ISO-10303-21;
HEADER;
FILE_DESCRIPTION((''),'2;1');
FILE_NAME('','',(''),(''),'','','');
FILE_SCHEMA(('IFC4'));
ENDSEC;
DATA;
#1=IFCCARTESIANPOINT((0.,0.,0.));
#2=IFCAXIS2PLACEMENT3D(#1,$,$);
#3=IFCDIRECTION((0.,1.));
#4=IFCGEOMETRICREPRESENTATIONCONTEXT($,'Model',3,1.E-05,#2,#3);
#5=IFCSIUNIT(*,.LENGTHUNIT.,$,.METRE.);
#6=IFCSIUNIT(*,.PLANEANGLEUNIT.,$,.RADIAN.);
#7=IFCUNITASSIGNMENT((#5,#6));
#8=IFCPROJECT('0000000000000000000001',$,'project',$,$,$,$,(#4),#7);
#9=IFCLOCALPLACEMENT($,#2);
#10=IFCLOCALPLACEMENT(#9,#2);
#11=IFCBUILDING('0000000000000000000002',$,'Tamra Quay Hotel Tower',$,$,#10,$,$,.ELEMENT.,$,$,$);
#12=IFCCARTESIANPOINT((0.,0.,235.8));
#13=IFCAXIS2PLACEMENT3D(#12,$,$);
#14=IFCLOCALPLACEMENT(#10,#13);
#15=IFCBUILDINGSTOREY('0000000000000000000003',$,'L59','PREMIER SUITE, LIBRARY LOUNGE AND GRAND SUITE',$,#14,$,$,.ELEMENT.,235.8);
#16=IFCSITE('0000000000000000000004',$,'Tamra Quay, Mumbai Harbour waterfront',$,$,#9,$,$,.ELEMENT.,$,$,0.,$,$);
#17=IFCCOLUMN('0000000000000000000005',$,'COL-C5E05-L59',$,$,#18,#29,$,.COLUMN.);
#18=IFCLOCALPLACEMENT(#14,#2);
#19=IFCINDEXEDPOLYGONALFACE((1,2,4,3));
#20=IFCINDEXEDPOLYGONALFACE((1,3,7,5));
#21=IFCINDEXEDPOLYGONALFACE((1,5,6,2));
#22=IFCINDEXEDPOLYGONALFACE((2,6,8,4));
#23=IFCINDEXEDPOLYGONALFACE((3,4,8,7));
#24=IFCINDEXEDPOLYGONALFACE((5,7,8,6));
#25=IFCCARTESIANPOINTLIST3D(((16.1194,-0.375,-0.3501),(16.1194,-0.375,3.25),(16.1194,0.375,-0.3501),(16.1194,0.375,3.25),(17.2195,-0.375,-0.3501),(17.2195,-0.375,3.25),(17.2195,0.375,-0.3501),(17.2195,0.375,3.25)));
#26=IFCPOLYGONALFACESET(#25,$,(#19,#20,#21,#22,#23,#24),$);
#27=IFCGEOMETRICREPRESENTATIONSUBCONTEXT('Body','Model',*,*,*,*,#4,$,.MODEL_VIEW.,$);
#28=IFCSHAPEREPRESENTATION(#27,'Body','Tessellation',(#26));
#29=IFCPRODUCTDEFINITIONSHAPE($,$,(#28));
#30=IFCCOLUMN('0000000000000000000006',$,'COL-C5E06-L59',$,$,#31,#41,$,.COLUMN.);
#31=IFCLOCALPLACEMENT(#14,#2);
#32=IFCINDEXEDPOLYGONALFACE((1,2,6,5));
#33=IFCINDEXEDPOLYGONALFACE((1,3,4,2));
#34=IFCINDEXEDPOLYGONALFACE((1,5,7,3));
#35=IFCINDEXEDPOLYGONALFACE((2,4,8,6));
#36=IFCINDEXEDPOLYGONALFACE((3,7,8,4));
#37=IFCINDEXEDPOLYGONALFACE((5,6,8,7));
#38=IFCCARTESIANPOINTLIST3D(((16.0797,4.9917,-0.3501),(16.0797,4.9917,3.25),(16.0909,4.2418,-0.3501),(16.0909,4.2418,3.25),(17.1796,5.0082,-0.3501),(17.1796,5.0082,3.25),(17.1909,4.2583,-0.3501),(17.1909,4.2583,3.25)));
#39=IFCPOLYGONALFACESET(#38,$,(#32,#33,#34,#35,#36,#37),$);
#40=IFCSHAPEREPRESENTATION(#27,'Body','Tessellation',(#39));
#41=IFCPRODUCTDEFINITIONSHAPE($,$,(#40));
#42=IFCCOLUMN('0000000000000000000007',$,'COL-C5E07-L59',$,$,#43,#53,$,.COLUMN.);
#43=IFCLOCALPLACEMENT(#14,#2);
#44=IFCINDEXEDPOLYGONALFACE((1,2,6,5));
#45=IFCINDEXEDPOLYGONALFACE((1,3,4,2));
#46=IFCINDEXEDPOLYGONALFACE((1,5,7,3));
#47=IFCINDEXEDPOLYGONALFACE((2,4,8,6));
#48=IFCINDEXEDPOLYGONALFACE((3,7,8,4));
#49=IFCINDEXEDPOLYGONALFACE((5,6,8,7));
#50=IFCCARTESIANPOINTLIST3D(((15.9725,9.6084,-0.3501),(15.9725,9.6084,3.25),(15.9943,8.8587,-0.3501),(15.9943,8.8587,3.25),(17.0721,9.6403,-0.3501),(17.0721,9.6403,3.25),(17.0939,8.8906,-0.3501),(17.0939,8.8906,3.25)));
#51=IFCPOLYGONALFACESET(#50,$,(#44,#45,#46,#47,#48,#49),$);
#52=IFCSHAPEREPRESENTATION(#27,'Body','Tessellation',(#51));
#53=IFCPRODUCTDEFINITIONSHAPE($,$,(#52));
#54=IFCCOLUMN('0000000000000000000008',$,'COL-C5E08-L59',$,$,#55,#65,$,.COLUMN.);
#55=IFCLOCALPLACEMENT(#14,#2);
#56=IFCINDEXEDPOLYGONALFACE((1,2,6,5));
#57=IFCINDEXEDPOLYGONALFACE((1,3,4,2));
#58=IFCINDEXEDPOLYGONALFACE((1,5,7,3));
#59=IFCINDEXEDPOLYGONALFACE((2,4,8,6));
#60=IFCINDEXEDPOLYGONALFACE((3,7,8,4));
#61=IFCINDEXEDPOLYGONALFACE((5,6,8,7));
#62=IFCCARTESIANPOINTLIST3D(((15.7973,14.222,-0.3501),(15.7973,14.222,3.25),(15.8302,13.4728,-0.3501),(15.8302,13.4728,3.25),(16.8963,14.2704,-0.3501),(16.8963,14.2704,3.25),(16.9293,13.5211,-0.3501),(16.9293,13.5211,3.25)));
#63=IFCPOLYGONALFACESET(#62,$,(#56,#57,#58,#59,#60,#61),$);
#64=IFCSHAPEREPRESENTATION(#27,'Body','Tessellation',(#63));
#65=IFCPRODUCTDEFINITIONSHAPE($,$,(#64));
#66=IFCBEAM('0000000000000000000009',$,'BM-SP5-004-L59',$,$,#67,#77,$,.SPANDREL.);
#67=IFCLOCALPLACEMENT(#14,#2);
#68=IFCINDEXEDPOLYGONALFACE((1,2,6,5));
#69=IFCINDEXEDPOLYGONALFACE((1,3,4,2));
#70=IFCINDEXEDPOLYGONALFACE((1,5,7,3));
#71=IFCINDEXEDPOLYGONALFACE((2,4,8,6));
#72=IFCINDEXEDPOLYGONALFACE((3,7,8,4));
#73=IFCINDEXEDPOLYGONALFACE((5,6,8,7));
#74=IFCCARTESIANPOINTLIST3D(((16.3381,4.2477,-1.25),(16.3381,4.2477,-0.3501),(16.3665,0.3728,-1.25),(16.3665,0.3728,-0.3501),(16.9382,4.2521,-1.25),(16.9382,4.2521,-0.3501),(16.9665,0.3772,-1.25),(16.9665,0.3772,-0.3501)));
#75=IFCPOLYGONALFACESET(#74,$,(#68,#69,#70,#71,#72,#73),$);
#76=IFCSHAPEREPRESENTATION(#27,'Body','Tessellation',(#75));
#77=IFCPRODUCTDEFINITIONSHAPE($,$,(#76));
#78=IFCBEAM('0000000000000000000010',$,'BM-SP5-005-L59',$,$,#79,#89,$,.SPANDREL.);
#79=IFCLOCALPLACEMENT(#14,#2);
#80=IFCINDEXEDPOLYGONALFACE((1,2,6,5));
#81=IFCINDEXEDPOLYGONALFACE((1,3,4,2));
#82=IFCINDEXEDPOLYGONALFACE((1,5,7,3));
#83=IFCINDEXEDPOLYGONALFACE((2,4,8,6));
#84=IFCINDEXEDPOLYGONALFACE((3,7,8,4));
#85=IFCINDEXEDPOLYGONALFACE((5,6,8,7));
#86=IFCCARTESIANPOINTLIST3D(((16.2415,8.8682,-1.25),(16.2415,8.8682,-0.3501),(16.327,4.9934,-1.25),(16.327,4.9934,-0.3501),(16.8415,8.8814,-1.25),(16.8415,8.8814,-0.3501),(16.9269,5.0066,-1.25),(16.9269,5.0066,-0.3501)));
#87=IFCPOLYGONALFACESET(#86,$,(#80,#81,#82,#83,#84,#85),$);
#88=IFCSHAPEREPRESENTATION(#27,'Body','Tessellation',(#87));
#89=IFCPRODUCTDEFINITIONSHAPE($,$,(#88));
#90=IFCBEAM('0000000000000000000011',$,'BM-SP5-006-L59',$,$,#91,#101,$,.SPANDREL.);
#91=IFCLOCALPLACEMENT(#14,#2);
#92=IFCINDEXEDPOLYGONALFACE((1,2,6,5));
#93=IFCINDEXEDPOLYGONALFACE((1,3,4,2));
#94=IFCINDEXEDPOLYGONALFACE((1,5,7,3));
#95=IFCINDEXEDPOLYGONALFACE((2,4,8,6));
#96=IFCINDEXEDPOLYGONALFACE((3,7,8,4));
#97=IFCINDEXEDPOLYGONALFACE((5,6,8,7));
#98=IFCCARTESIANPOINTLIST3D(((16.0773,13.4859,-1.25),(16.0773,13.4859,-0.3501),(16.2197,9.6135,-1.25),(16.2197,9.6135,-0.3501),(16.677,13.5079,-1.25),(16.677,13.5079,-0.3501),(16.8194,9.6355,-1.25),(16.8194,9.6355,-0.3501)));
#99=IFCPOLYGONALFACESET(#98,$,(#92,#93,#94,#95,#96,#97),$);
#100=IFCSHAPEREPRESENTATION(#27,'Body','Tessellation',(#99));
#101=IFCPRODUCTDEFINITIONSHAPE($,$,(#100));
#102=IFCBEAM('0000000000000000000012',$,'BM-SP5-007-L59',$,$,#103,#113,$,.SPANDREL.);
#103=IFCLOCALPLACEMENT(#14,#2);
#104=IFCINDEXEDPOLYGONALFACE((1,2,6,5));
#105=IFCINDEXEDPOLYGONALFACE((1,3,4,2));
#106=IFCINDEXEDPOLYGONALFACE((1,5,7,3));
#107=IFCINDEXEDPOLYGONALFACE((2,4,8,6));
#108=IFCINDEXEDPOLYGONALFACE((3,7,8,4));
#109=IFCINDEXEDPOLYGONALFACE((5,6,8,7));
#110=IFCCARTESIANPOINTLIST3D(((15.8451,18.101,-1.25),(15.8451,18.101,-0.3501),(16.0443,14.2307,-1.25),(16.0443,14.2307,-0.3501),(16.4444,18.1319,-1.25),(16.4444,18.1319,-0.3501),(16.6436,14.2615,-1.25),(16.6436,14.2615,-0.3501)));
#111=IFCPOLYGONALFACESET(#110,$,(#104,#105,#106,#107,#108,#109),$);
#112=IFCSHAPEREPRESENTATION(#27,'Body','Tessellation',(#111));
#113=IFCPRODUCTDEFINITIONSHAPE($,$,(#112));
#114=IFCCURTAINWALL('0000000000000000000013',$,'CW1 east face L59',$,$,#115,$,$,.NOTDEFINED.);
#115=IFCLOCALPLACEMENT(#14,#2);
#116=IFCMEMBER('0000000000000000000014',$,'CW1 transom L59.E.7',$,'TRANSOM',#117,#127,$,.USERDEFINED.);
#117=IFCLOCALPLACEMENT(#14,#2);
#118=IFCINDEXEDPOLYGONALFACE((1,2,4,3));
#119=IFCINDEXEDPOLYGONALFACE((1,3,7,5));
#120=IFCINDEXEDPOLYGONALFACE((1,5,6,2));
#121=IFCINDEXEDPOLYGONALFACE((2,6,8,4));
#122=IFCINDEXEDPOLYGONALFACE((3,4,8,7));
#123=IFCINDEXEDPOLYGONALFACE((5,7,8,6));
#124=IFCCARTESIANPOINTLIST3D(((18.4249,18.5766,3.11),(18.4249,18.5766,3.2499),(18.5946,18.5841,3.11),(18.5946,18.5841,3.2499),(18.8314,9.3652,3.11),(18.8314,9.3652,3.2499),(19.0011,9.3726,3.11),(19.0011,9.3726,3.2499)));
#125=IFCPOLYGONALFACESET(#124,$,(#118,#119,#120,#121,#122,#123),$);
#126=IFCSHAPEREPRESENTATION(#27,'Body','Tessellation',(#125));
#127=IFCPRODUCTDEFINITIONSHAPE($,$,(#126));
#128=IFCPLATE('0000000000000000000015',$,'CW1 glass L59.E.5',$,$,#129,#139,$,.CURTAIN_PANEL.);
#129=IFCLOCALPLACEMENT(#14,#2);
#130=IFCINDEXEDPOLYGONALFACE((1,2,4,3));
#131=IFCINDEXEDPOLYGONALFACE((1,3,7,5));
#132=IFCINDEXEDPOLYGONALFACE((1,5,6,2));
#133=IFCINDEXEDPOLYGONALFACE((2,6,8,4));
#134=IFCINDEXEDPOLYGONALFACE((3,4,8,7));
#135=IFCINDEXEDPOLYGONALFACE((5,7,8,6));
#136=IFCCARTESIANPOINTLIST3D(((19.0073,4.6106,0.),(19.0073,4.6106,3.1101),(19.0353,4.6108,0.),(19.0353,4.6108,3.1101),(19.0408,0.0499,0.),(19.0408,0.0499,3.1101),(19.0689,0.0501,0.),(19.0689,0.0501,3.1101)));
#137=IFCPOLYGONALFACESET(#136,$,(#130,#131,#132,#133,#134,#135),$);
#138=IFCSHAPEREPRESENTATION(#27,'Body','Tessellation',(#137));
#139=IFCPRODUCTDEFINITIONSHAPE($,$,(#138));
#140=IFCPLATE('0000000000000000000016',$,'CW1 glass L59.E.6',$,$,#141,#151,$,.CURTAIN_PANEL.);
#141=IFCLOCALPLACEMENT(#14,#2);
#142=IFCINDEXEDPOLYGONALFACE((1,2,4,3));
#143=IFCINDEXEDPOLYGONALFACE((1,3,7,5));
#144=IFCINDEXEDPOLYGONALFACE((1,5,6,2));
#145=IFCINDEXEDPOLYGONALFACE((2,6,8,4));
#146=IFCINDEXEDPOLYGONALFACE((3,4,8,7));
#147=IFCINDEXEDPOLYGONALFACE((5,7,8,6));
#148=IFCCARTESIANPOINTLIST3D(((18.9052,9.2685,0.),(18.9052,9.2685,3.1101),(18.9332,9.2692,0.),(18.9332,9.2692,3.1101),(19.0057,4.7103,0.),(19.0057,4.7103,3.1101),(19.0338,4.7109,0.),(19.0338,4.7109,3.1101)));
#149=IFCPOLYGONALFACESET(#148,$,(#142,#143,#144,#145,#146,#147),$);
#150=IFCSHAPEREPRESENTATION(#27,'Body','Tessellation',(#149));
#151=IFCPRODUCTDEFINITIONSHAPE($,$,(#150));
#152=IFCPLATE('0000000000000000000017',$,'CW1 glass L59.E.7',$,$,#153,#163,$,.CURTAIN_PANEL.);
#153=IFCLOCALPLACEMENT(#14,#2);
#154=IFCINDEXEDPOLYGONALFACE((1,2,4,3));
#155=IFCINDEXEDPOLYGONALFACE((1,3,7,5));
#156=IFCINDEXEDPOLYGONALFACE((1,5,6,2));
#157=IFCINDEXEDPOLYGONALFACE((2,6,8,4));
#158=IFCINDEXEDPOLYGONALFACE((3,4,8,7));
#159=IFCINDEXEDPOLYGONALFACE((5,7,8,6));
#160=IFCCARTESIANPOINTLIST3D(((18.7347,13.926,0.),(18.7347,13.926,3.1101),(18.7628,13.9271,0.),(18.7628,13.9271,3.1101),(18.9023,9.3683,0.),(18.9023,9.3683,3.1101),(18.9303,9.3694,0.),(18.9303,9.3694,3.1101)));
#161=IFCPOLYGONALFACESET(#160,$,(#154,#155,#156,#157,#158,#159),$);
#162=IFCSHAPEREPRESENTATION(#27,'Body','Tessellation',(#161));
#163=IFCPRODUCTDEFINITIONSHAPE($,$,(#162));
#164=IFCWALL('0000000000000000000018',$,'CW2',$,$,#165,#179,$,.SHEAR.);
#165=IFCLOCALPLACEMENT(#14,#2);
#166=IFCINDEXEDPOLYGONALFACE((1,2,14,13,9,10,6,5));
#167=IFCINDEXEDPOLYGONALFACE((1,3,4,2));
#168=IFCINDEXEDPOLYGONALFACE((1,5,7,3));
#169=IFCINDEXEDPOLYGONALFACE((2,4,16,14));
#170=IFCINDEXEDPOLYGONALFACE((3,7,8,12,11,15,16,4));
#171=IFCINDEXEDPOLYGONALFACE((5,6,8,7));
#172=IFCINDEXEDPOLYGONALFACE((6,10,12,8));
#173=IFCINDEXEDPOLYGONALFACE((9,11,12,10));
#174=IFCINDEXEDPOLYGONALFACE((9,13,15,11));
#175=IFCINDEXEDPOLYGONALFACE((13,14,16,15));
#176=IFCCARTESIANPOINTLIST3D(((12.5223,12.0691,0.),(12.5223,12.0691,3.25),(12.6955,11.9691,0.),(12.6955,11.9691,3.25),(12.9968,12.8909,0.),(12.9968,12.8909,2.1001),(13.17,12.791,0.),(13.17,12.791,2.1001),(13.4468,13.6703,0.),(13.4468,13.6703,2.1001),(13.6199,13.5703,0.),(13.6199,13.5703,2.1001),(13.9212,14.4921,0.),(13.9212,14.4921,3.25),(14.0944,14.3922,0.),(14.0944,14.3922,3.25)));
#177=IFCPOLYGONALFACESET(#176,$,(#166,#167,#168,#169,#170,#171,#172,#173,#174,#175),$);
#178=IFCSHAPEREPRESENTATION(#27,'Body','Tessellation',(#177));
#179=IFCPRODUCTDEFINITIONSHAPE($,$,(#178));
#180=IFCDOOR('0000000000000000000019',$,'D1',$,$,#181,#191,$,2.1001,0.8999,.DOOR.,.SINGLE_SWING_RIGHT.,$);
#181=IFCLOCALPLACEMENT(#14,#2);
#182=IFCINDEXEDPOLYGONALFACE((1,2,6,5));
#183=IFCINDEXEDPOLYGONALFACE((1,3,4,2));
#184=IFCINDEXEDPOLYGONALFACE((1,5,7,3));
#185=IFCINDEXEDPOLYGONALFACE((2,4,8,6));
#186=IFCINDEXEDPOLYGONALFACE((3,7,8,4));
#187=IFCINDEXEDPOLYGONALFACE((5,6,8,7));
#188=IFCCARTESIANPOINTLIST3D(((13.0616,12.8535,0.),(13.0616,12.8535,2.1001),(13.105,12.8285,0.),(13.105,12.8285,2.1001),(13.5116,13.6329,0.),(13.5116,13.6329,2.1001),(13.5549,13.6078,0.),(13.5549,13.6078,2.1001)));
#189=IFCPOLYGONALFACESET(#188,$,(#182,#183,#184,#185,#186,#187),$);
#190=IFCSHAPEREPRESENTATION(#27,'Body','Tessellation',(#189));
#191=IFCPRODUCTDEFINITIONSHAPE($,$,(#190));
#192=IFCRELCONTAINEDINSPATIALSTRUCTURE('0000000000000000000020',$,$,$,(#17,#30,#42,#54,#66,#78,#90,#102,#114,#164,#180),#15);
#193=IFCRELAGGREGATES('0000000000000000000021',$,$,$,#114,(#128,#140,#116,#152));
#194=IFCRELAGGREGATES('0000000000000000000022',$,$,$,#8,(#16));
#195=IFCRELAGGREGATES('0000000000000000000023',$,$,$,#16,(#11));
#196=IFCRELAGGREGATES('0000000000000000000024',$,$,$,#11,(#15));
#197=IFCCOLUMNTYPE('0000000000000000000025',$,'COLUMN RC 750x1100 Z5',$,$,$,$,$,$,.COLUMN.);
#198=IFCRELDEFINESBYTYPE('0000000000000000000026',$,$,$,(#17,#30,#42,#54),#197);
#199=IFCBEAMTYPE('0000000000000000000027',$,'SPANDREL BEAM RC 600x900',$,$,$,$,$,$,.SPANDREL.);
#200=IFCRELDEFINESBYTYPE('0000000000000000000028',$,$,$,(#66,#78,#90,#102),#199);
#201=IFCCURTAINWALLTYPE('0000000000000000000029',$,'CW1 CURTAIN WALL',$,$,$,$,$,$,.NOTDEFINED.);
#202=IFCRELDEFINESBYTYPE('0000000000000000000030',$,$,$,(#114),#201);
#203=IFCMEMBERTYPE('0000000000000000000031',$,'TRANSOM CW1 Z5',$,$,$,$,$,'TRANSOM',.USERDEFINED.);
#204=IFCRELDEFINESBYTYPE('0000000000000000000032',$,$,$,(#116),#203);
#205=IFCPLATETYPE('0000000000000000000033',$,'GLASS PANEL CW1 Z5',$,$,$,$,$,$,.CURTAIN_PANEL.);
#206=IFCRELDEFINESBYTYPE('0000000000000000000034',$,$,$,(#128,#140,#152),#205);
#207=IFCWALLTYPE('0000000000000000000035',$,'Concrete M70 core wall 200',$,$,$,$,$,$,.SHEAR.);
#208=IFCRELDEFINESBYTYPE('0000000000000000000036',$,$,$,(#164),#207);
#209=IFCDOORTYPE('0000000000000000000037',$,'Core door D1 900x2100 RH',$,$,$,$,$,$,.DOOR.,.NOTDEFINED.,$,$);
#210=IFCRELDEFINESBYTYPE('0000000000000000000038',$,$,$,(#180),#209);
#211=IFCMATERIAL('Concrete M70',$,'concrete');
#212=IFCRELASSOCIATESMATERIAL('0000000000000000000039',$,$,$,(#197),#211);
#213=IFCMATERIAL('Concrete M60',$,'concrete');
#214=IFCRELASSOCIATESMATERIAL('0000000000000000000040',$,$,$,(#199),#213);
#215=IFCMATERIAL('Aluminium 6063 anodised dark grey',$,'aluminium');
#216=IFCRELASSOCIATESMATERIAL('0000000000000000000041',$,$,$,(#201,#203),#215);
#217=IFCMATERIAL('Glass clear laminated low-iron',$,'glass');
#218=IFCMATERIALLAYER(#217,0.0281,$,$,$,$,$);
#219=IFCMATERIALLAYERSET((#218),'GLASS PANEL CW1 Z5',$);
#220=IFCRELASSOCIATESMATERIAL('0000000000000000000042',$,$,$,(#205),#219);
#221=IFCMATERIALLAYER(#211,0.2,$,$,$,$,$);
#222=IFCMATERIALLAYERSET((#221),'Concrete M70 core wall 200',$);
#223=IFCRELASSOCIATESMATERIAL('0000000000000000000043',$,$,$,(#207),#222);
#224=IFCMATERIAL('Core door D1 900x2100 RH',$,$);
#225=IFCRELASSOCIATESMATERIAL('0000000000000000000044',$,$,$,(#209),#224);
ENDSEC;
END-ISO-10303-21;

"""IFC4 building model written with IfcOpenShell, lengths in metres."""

from ifc_helpers import new_model, si_unit, direction, frame, frame_2d, origin, origin_2d, place, context, subcontext, project, spatial, rectangle, extrude, material, layer, layer_set, material_profile, profile_set, type_object, element, fill, aggregate, save


model = new_model("IFC4")

# Units and contexts
model_context = context("Model", 3, precision=1e-05, world=origin(), true_north=direction((0.0, 1.0)))
body_context = subcontext(model_context, "Body", "Model", "MODEL_VIEW")
ifc_project = project(units=[si_unit("LENGTHUNIT", "METRE"), si_unit("PLANEANGLEUNIT", "RADIAN")], contexts=[model_context])

# Site, building, storey
site_placement = place(None, origin())
site = spatial("IfcSite", under=ifc_project, at=site_placement, Name="Tamra Quay, Mumbai Harbour waterfront", CompositionType="ELEMENT", RefElevation=0.0)
building_placement = place(site_placement, origin())
building = spatial("IfcBuilding", under=site, at=building_placement, Name="Tamra Quay Hotel Tower", CompositionType="ELEMENT")
storey_placement = place(building_placement, frame((0.0, 0.0, 235.8)))
storey = spatial("IfcBuildingStorey", under=building, at=storey_placement, Name="L59", Description="PREMIER SUITE, LIBRARY LOUNGE AND GRAND SUITE", CompositionType="ELEMENT", Elevation=235.8)

# Columns
ifc_material_1 = material(Name="Concrete M70", Category="concrete")
ifc_material_profile_1 = material_profile(ifc_material_1, rectangle(XDim=1.1001, YDim=0.75, at=origin_2d()), Name="COLUMN RC 750x1100 Z5")
ifc_profile_set_1 = profile_set([ifc_material_profile_1], Name="Concrete M70")
column_type = type_object("IfcColumnType", Name="COLUMN RC 750x1100 Z5", PredefinedType="COLUMN", material=ifc_profile_set_1)
for number, where, z_axis, x_axis, name in (
    (1, (16.6694, 0.0, -0.3501), (0.0, 0.0, 1.0), (1.0, 0.0, 0.0), "COL-C5E05-L59"),
    (2, (16.6353, 4.625, -0.3501), (0.0, 0.0, 1.0), (0.999888, 0.014959, 0.0), "COL-C5E06-L59"),
    (3, (16.5332, 9.2495, -0.3501), (0.0, 0.0, 1.0), (0.999579, 0.029028, 0.0), "COL-C5E07-L59"),
    (4, (16.3633, 13.8716, -0.3501), (0.0, 0.0, 1.0), (0.999033, 0.043958, 0.0), "COL-C5E08-L59"),
):
    element("IfcColumn", number, at=place(storey_placement, frame(where, z_axis=z_axis, x_axis=x_axis)), inside=storey, type_object=column_type, Name=name, PredefinedType="COLUMN", context=body_context, shape_type="SweptSolid", body=[
        extrude(rectangle(XDim=1.1001, YDim=0.75, at=origin_2d()), origin(), (0.0, 0.0, 1.0), 3.6001),
    ])

# Beams
ifc_material_2 = material(Name="Concrete M60", Category="concrete")
ifc_material_profile_2 = material_profile(ifc_material_2, rectangle(XDim=0.6001, YDim=0.8999, at=origin_2d()), Name="SPANDREL BEAM RC 600x900")
ifc_profile_set_2 = profile_set([ifc_material_profile_2], Name="Concrete M60")
beam_type = type_object("IfcBeamType", Name="SPANDREL BEAM RC 600x900", PredefinedType="SPANDREL", material=ifc_profile_set_2)
beam_1_placement = place(storey_placement, frame((16.6665, 0.375, -0.8), z_axis=(-0.007308, 0.999973, 0.0), x_axis=(-0.999973, -0.007308, 0.0)))
element("IfcBeam", 5, at=beam_1_placement, inside=storey, type_object=beam_type, Name="BM-SP5-004-L59", PredefinedType="SPANDREL", context=body_context, shape_type="SweptSolid", body=[
    extrude(rectangle(XDim=0.6001, YDim=0.8999, at=origin_2d()), origin(), (0.0, 0.0, 1.0), 3.875),
])
beam_2_placement = place(storey_placement, frame((16.627, 5.0, -0.8), z_axis=(-0.022047, 0.999757, 0.0), x_axis=(-0.999757, -0.022047, 0.0)))
element("IfcBeam", 6, at=beam_2_placement, inside=storey, type_object=beam_type, Name="BM-SP5-005-L59", PredefinedType="SPANDREL", context=body_context, shape_type="SweptSolid", body=[
    extrude(rectangle(XDim=0.6001, YDim=0.8999, at=origin_2d()), origin(), (0.0, 0.0, 1.0), 3.8757),
])
beam_3_placement = place(storey_placement, frame((16.5195, 9.6245, -0.8), z_axis=(-0.036732, 0.999325, 0.0), x_axis=(-0.999325, -0.036732, 0.0)))
element("IfcBeam", 7, at=beam_3_placement, inside=storey, type_object=beam_type, Name="BM-SP5-006-L59", PredefinedType="SPANDREL", context=body_context, shape_type="SweptSolid", body=[
    extrude(rectangle(XDim=0.6001, YDim=0.8999, at=origin_2d()), origin(), (0.0, 0.0, 1.0), 3.875),
])
beam_4_placement = place(storey_placement, frame((16.344, 14.2461, -0.8), z_axis=(-0.051405, 0.998678, 0.0), x_axis=(-0.998678, -0.051405, 0.0)))
element("IfcBeam", 8, at=beam_4_placement, inside=storey, type_object=beam_type, Name="BM-SP5-007-L59", PredefinedType="SPANDREL", context=body_context, shape_type="SweptSolid", body=[
    extrude(rectangle(XDim=0.6001, YDim=0.8999, at=origin_2d()), origin(), (0.0, 0.0, 1.0), 3.8755),
])

# Curtain wall, member, plates
ifc_material_3 = material(Name="Aluminium 6063 anodised dark grey", Category="aluminium")
curtain_wall_type = type_object("IfcCurtainWallType", Name="CW1 CURTAIN WALL", PredefinedType="NOTDEFINED", material=ifc_material_3)
curtain_wall_placement = place(storey_placement, origin())
curtain_wall = element("IfcCurtainWall", 9, at=curtain_wall_placement, inside=storey, type_object=curtain_wall_type, Name="CW1 east face L59", PredefinedType="NOTDEFINED")
ifc_material_profile_3 = material_profile(ifc_material_3, rectangle(XDim=0.1699, YDim=0.1399, at=origin_2d()), Name="TRANSOM 170X140")
ifc_profile_set_3 = profile_set([ifc_material_profile_3], Name="Aluminium 6063 anodised dark grey")
member_type = type_object("IfcMemberType", Name="TRANSOM CW1 Z5", ElementType="TRANSOM", PredefinedType="USERDEFINED", material=ifc_profile_set_3)
member_placement = place(storey_placement, frame((18.9163, 9.3689, 3.1799), z_axis=(-0.044086, 0.999028, 0.0), x_axis=(-0.999028, -0.044086, 0.0)))
member = element("IfcMember", 10, at=member_placement, type_object=member_type, Name="CW1 transom L59.E.7", ObjectType="TRANSOM", PredefinedType="USERDEFINED", context=body_context, shape_type="SweptSolid", body=[
    extrude(rectangle(XDim=0.1699, YDim=0.1399, at=origin_2d()), origin(), (0.0, 0.0, 1.0), 9.2205),
])
ifc_material_4 = material(Name="Glass clear laminated low-iron", Category="glass")
ifc_layer_1 = layer(ifc_material_4, 0.0281)
ifc_layer_set_1 = layer_set([ifc_layer_1], Name="GLASS PANEL CW1 Z5")
plate_type = type_object("IfcPlateType", Name="GLASS PANEL CW1 Z5", PredefinedType="CURTAIN_PANEL", material=ifc_layer_set_1)
plate_1_placement = place(storey_placement, frame((19.0381, 2.3303, 0.0), z_axis=(0.0, 0.0, 1.0), x_axis=(-0.007362, 0.999973, 0.0)))
plate_1 = element("IfcPlate", 11, at=plate_1_placement, type_object=plate_type, Name="CW1 glass L59.E.5", PredefinedType="CURTAIN_PANEL", context=body_context, shape_type="SweptSolid", body=[
    extrude(rectangle(XDim=4.5608, YDim=0.0281, at=origin_2d()), origin(), (0.0, 0.0, 1.0), 3.1101),
])
plate_2_placement = place(storey_placement, frame((18.9695, 6.9897, 0.0), z_axis=(0.0, 0.0, 1.0), x_axis=(-0.022063, 0.999757, 0.0)))
plate_2 = element("IfcPlate", 12, at=plate_2_placement, type_object=plate_type, Name="CW1 glass L59.E.6", PredefinedType="CURTAIN_PANEL", context=body_context, shape_type="SweptSolid", body=[
    extrude(rectangle(XDim=4.5593, YDim=0.0281, at=origin_2d()), origin(), (0.0, 0.0, 1.0), 3.1101),
])
plate_3_placement = place(storey_placement, frame((18.8325, 11.6477, 0.0), z_axis=(0.0, 0.0, 1.0), x_axis=(-0.036744, 0.999325, 0.0)))
plate_3 = element("IfcPlate", 13, at=plate_3_placement, type_object=plate_type, Name="CW1 glass L59.E.7", PredefinedType="CURTAIN_PANEL", context=body_context, shape_type="SweptSolid", body=[
    extrude(rectangle(XDim=4.5608, YDim=0.0281, at=origin_2d()), origin(), (0.0, 0.0, 1.0), 3.1101),
])
aggregate(curtain_wall, [plate_1, plate_2, member, plate_3])

# Wall, opening, door
ifc_layer_2 = layer(ifc_material_1, 0.2)
ifc_layer_set_2 = layer_set([ifc_layer_2], Name="Concrete M70 core wall 200")
wall_type_1 = type_object("IfcWallType", Name="Concrete M70 core wall 200", PredefinedType="SHEAR", material=ifc_layer_set_2)
wall_1_placement = place(storey_placement, frame((14.0078, 14.4421, 0.0), z_axis=(0.0, 0.0, 1.0), x_axis=(-0.499987, -0.866033, 0.0)))
wall_1 = element("IfcWall", 14, at=wall_1_placement, inside=storey, type_object=wall_type_1, Name="CW2", PredefinedType="SHEAR", context=body_context, shape_type="SweptSolid", body=[
    extrude(rectangle(XDim=2.7979, YDim=0.2, at=frame_2d((1.3989, 0.0))), origin(), (0.0, 0.0, 1.0), 3.25),
])
opening_placement = place(wall_1_placement, frame((0.949, 0.0, 0.0)))
opening = element("IfcOpeningElement", 15, at=opening_placement, cuts=wall_1, PredefinedType="OPENING", context=body_context, shape_type="SweptSolid", body=[
    extrude(rectangle(XDim=0.8999, YDim=2.1001, at=frame_2d((0.45, 1.05))), frame((0.0, 0.1099, 0.0), z_axis=(0.0, -1.0, 0.0), x_axis=(1.0, 0.0, 0.0)), (0.0, 0.0, 1.0), 0.22),
])
ifc_material_5 = material(Name="Core door D1 900x2100 RH")
door_type = type_object("IfcDoorType", Name="Core door D1 900x2100 RH", OperationType="NOTDEFINED", PredefinedType="DOOR", material=ifc_material_5)
door_placement = place(opening_placement, origin())
door = element("IfcDoor", 16, at=door_placement, inside=storey, type_object=door_type, Name="D1", OperationType="SINGLE_SWING_RIGHT", OverallHeight=2.1001, OverallWidth=0.8999, PredefinedType="DOOR", context=body_context, shape_type="SweptSolid", body=[
    extrude(rectangle(XDim=0.8999, YDim=2.1001, at=frame_2d((0.45, 1.05))), frame((0.0, 0.0249, 0.0), z_axis=(0.0, -1.0, 0.0), x_axis=(1.0, 0.0, 0.0)), (0.0, 0.0, 1.0), 0.05),
])
fill(opening, door)

save(model, "model.ifc")
